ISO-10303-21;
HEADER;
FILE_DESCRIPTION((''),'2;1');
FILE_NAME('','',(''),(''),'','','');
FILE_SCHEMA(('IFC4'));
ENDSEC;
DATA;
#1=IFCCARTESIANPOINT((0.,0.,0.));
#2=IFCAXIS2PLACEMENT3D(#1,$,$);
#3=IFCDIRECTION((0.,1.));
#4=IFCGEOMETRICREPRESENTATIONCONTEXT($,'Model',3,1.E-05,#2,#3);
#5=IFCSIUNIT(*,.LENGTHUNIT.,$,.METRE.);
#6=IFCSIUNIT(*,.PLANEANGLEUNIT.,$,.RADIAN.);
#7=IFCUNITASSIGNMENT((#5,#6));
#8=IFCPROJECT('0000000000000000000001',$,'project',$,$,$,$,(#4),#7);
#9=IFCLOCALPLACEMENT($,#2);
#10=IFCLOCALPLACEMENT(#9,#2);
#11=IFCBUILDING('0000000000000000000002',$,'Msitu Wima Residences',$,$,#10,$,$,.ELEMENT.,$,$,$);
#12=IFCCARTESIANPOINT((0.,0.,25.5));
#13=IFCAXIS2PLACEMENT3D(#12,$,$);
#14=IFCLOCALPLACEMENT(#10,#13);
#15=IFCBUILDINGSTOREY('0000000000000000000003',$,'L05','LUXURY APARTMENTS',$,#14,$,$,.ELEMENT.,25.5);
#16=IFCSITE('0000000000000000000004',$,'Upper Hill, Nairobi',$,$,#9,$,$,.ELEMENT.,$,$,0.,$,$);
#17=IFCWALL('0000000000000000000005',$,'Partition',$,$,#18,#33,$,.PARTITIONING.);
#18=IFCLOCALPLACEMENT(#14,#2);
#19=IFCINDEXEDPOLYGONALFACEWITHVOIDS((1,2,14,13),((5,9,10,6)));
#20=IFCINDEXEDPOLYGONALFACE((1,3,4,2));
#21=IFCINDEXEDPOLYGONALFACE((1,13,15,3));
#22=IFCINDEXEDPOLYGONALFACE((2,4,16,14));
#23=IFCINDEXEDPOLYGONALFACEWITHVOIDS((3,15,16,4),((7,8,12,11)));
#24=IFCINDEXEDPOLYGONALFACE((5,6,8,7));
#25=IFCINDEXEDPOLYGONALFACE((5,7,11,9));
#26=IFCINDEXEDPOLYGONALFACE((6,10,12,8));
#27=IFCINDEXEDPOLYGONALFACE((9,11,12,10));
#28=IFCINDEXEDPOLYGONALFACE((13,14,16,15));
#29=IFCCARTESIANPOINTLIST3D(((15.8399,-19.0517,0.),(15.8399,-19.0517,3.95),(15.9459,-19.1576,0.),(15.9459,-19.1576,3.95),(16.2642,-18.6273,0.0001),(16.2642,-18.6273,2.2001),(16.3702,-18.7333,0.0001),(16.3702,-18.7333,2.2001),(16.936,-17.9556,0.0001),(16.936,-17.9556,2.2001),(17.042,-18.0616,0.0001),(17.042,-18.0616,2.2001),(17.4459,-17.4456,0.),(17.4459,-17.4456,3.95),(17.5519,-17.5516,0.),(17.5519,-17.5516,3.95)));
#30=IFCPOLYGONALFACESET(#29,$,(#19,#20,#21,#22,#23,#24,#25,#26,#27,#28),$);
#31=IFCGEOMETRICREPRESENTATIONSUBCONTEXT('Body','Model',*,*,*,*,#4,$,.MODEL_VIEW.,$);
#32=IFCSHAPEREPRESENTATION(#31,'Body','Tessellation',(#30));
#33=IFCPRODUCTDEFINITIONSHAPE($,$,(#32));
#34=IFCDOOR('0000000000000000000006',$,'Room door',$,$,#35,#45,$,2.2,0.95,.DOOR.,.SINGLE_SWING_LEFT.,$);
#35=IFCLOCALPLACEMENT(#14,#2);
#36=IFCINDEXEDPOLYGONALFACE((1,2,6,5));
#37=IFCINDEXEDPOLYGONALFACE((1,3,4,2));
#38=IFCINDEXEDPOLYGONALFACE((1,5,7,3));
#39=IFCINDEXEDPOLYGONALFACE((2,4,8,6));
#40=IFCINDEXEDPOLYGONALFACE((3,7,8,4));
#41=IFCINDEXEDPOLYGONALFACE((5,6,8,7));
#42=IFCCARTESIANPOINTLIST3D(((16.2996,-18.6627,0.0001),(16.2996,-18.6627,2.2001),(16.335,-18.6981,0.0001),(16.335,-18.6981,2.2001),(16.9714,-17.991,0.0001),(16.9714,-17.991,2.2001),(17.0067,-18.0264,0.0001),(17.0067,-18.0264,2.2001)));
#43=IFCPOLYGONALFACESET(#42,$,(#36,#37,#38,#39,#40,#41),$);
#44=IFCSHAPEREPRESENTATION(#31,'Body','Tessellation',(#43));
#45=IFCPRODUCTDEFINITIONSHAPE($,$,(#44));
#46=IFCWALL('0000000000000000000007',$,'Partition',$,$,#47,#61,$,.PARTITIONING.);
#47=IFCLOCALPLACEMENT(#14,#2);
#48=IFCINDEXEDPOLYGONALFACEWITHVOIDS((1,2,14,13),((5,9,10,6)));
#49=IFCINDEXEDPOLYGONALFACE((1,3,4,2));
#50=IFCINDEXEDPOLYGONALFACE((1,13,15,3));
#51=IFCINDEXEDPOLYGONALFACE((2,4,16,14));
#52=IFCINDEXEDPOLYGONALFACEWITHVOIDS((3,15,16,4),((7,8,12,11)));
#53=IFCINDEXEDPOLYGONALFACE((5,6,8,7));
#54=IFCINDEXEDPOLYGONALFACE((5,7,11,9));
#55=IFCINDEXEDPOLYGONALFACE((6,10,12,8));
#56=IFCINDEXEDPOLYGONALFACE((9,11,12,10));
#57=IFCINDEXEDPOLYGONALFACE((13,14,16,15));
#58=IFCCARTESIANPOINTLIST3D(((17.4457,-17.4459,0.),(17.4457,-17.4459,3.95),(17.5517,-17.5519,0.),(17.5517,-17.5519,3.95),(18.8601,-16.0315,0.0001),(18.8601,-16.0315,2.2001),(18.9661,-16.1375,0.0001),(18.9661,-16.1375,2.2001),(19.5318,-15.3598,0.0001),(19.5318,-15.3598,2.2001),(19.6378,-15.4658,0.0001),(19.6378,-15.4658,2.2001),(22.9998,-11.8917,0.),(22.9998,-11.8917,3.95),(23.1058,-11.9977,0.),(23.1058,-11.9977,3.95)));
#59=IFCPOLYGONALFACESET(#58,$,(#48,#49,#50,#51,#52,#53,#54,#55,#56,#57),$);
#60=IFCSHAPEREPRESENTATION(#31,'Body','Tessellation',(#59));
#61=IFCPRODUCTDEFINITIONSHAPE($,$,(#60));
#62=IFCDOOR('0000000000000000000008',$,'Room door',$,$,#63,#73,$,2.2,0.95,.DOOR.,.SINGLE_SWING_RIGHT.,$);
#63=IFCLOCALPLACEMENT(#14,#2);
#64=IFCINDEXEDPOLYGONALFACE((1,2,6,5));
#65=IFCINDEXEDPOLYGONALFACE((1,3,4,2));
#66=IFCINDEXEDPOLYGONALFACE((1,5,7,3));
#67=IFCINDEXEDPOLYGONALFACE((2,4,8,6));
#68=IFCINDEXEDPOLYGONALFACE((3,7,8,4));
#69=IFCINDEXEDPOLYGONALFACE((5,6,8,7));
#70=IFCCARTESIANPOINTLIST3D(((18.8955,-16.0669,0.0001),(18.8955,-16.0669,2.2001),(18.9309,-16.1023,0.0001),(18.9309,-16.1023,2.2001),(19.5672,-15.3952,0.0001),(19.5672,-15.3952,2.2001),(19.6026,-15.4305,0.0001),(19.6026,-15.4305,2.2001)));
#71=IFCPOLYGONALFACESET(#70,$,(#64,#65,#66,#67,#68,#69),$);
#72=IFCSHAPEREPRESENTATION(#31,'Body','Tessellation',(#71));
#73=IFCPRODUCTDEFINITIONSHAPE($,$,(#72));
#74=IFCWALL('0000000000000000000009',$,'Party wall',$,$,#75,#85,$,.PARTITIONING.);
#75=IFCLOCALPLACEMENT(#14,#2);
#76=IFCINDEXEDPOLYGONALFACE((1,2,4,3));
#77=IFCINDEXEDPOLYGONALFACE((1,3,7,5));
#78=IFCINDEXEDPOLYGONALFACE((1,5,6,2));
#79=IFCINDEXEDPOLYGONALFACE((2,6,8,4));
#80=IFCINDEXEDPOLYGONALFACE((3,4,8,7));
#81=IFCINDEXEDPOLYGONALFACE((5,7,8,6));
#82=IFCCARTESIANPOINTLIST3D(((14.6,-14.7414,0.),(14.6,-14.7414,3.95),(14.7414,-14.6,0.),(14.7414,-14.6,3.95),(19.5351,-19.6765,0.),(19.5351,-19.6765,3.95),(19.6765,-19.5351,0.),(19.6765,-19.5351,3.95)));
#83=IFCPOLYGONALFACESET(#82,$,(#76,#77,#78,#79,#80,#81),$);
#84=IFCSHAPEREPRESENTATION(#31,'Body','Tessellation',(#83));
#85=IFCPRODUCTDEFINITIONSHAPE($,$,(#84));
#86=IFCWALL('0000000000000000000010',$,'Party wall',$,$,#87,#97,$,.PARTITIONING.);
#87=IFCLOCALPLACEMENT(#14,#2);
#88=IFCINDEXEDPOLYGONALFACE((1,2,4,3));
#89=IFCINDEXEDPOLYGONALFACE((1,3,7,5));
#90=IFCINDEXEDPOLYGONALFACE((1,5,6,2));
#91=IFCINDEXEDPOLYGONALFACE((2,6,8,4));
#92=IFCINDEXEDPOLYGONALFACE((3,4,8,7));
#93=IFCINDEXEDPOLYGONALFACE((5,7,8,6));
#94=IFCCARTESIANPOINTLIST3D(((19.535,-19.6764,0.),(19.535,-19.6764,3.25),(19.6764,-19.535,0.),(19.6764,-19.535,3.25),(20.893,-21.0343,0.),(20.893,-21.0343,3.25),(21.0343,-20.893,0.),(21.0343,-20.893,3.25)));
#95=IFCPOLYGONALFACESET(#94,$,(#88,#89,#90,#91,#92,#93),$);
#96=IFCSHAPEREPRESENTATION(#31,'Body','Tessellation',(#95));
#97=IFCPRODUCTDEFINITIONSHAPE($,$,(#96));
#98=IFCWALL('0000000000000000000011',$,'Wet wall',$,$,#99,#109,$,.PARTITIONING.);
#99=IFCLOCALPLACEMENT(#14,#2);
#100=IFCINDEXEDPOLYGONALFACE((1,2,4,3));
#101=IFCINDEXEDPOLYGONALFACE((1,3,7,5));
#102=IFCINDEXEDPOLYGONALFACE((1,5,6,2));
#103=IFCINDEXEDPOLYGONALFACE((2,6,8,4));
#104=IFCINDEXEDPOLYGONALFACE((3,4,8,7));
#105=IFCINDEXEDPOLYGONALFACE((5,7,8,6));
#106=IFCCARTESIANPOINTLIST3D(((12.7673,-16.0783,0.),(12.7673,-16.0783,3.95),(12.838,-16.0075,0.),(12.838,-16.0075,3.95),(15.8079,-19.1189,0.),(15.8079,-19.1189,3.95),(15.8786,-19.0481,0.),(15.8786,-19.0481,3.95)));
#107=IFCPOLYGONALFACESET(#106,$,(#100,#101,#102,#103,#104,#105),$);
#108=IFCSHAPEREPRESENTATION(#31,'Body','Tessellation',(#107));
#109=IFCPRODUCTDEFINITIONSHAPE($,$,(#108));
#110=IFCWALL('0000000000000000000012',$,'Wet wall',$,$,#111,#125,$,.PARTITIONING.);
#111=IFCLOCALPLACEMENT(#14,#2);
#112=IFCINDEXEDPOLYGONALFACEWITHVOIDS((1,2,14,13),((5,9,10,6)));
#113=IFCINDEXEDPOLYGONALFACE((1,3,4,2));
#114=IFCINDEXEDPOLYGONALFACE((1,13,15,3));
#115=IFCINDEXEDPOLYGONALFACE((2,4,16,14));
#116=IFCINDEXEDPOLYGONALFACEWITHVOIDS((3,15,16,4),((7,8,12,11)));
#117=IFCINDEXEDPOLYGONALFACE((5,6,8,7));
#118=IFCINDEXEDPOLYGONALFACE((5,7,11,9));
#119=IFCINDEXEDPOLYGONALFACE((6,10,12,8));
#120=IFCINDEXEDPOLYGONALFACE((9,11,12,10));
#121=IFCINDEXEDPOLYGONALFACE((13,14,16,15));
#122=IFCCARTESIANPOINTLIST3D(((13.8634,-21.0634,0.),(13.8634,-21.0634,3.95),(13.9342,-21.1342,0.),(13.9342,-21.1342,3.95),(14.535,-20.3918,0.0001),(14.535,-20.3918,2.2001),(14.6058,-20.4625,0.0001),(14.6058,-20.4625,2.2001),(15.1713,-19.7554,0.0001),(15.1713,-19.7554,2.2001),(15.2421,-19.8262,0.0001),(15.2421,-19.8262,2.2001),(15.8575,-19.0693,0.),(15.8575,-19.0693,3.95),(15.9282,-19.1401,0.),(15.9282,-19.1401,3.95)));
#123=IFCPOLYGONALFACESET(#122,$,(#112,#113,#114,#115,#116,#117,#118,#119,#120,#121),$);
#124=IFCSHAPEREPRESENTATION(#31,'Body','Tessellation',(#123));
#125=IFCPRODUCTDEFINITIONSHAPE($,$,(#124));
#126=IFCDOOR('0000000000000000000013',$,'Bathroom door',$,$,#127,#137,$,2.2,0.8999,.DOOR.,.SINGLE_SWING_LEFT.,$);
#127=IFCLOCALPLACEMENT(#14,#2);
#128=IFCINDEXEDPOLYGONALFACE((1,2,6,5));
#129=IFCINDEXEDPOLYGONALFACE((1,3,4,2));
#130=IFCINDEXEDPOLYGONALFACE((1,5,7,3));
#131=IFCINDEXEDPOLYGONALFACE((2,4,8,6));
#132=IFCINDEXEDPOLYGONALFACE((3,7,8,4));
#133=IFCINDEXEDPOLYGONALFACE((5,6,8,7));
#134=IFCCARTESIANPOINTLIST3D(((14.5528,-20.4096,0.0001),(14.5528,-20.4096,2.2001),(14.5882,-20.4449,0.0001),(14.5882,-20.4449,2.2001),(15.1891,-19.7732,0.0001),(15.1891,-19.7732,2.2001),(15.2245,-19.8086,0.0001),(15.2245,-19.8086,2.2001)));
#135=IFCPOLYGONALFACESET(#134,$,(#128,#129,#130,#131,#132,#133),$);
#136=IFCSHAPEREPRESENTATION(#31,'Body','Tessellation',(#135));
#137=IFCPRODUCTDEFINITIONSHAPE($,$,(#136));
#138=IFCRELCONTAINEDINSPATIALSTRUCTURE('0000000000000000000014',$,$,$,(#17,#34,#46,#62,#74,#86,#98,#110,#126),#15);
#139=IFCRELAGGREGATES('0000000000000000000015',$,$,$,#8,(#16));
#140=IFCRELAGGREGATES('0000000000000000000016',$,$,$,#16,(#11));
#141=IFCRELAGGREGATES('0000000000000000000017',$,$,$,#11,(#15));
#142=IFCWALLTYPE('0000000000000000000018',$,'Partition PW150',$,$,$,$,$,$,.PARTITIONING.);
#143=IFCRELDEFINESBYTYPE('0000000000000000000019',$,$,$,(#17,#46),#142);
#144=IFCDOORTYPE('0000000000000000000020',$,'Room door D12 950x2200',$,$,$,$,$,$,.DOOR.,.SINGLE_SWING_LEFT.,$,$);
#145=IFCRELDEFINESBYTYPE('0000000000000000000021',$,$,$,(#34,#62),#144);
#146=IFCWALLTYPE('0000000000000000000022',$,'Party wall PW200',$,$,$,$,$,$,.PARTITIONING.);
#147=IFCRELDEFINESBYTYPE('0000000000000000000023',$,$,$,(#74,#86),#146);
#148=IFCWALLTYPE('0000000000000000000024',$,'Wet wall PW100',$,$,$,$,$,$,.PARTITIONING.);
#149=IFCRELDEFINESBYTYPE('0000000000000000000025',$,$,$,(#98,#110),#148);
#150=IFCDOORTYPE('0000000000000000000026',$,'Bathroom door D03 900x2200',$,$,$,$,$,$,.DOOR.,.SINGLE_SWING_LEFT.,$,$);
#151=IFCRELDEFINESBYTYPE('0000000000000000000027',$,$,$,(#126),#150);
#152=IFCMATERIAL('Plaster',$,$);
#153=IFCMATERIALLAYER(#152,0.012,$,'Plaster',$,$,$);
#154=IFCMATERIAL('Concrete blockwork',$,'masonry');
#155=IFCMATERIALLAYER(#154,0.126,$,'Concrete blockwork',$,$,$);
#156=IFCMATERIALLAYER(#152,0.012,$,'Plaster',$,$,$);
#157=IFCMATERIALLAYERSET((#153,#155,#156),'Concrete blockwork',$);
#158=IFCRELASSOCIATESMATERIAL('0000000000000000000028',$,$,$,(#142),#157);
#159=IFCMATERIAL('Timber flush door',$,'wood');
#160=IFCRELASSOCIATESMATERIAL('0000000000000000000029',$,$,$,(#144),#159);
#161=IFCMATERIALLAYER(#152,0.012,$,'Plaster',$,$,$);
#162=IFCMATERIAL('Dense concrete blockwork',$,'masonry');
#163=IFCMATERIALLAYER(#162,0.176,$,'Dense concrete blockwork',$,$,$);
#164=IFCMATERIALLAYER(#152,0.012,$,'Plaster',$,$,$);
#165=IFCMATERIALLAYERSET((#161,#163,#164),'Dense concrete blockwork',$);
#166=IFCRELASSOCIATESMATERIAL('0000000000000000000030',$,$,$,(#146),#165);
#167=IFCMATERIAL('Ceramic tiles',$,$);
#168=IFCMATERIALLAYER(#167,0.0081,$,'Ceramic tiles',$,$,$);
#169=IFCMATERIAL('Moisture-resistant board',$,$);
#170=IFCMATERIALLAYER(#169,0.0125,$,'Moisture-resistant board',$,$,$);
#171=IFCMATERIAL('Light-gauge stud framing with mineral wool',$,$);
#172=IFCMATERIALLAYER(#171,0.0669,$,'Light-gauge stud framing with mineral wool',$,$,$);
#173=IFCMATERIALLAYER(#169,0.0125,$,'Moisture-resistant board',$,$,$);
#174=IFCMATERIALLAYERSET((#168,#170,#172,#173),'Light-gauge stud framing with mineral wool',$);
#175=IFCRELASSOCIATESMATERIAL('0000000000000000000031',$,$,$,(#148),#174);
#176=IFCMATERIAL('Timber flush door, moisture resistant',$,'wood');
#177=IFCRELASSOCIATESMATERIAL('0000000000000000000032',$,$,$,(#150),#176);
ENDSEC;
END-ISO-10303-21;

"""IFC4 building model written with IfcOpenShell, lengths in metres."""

from ifc_helpers import new_model, si_unit, direction, frame, frame_2d, origin, place, context, subcontext, project, spatial, rectangle, extrude, material, layer, layer_set, type_object, element, fill, save


model = new_model("IFC4")

# Units and contexts
model_context = context("Model", 3, precision=1e-05, world=origin(), true_north=direction((0.0, 1.0)))
body_context = subcontext(model_context, "Body", "Model", "MODEL_VIEW")
ifc_project = project(units=[si_unit("LENGTHUNIT", "METRE"), si_unit("PLANEANGLEUNIT", "RADIAN")], contexts=[model_context])

# Site, building, storey
site_placement = place(None, origin())
site = spatial("IfcSite", under=ifc_project, at=site_placement, Name="Upper Hill, Nairobi", CompositionType="ELEMENT", RefElevation=0.0)
building_placement = place(site_placement, origin())
building = spatial("IfcBuilding", under=site, at=building_placement, Name="Msitu Wima Residences", CompositionType="ELEMENT")
storey_placement = place(building_placement, frame((0.0, 0.0, 25.5)))
storey = spatial("IfcBuildingStorey", under=building, at=storey_placement, Name="L05", Description="LUXURY APARTMENTS", CompositionType="ELEMENT", Elevation=25.5)

# Shared definitions
ifc_material_1 = material(Name="Plaster")
ifc_material_2 = material(Name="Concrete blockwork", Category="masonry")

# Shared definitions
ifc_layer_1 = layer(ifc_material_1, 0.012, Name="Plaster")
ifc_layer_2 = layer(ifc_material_2, 0.126, Name="Concrete blockwork")
ifc_layer_3 = layer(ifc_material_1, 0.012, Name="Plaster")
ifc_layer_set_1 = layer_set([ifc_layer_1, ifc_layer_2, ifc_layer_3], Name="Concrete blockwork")
wall_type_1 = type_object("IfcWallType", Name="Partition PW150", PredefinedType="PARTITIONING", material=ifc_layer_set_1)

# Walls, openings, doors
wall_1_placement = place(storey_placement, frame((15.8928, -19.1047, 0.0), z_axis=(0.0, 0.0, 1.0), x_axis=(0.707107, 0.707107, 0.0)))
wall_1 = element("IfcWall", 1, at=wall_1_placement, inside=storey, type_object=wall_type_1, Name="Partition", PredefinedType="PARTITIONING", context=body_context, shape_type="SweptSolid", body=[
    extrude(rectangle(XDim=2.2712, YDim=0.1499, at=frame_2d((1.1357, 0.0))), origin(), (0.0, 0.0, 1.0), 3.95),
])
opening_1_placement = place(wall_1_placement, frame((0.6001, 0.0, 0.0)))
opening_1 = element("IfcOpeningElement", 2, at=opening_1_placement, cuts=wall_1, PredefinedType="OPENING", context=body_context, shape_type="SweptSolid", body=[
    extrude(rectangle(XDim=0.95, YDim=2.2, at=frame_2d((0.4751, 1.1001))), frame((0.0, 0.085, 0.0), z_axis=(0.0, -1.0, 0.0), x_axis=(1.0, 0.0, 0.0)), (0.0, 0.0, 1.0), 0.1699),
])
ifc_material_3 = material(Name="Timber flush door", Category="wood")
door_type_1 = type_object("IfcDoorType", Name="Room door D12 950x2200", OperationType="SINGLE_SWING_LEFT", PredefinedType="DOOR", material=ifc_material_3)
door_1_placement = place(opening_1_placement, origin())
door_1 = element("IfcDoor", 3, at=door_1_placement, inside=storey, type_object=door_type_1, Name="Room door", OperationType="SINGLE_SWING_LEFT", OverallHeight=2.2, OverallWidth=0.95, PredefinedType="DOOR", context=body_context, shape_type="SweptSolid", body=[
    extrude(rectangle(XDim=0.95, YDim=2.2, at=frame_2d((0.4751, 1.1001))), frame((0.0, 0.0249, 0.0), z_axis=(0.0, -1.0, 0.0), x_axis=(1.0, 0.0, 0.0)), (0.0, 0.0, 1.0), 0.05),
])
fill(opening_1, door_1)
wall_2_placement = place(storey_placement, frame((17.4988, -17.4988, 0.0), z_axis=(0.0, 0.0, 1.0), x_axis=(0.707107, 0.707107, 0.0)))
wall_2 = element("IfcWall", 4, at=wall_2_placement, inside=storey, type_object=wall_type_1, Name="Partition", PredefinedType="PARTITIONING", context=body_context, shape_type="SweptSolid", body=[
    extrude(rectangle(XDim=7.8547, YDim=0.1499, at=frame_2d((3.9272, 0.0))), origin(), (0.0, 0.0, 1.0), 3.95),
])
opening_2_placement = place(wall_2_placement, frame((2.0, 0.0, 0.0)))
opening_2 = element("IfcOpeningElement", 5, at=opening_2_placement, cuts=wall_2, PredefinedType="OPENING", context=body_context, shape_type="SweptSolid", body=[
    extrude(rectangle(XDim=0.95, YDim=2.2, at=frame_2d((0.4751, 1.1001))), frame((0.0, 0.085, 0.0), z_axis=(0.0, -1.0, 0.0), x_axis=(1.0, 0.0, 0.0)), (0.0, 0.0, 1.0), 0.1699),
])
door_2_placement = place(opening_2_placement, origin())
door_2 = element("IfcDoor", 6, at=door_2_placement, inside=storey, type_object=door_type_1, Name="Room door", OperationType="SINGLE_SWING_RIGHT", OverallHeight=2.2, OverallWidth=0.95, PredefinedType="DOOR", context=body_context, shape_type="SweptSolid", body=[
    extrude(rectangle(XDim=0.95, YDim=2.2, at=frame_2d((0.4751, 1.1001))), frame((0.0, 0.0249, 0.0), z_axis=(0.0, -1.0, 0.0), x_axis=(1.0, 0.0, 0.0)), (0.0, 0.0, 1.0), 0.05),
])
fill(opening_2, door_2)

# Walls
ifc_layer_4 = layer(ifc_material_1, 0.012, Name="Plaster")
ifc_material_4 = material(Name="Dense concrete blockwork", Category="masonry")
ifc_layer_5 = layer(ifc_material_4, 0.176, Name="Dense concrete blockwork")
ifc_layer_6 = layer(ifc_material_1, 0.012, Name="Plaster")
ifc_layer_set_2 = layer_set([ifc_layer_4, ifc_layer_5, ifc_layer_6], Name="Dense concrete blockwork")
wall_type_2 = type_object("IfcWallType", Name="Party wall PW200", PredefinedType="PARTITIONING", material=ifc_layer_set_2)
wall_3_placement = place(storey_placement, frame((14.6707, -14.6707, 0.0), z_axis=(0.0, 0.0, 1.0), x_axis=(0.707107, -0.707107, 0.0)))
element("IfcWall", 7, at=wall_3_placement, inside=storey, type_object=wall_type_2, Name="Party wall", PredefinedType="PARTITIONING", context=body_context, shape_type="SweptSolid", body=[
    extrude(rectangle(XDim=6.9792, YDim=0.2, at=frame_2d((3.4897, 0.0))), origin(), (0.0, 0.0, 1.0), 3.95),
])
wall_4_placement = place(storey_placement, frame((19.6057, -19.6057, 0.0), z_axis=(0.0, 0.0, 1.0), x_axis=(0.707107, -0.707107, 0.0)))
element("IfcWall", 8, at=wall_4_placement, inside=storey, type_object=wall_type_2, Name="Party wall", PredefinedType="PARTITIONING", context=body_context, shape_type="SweptSolid", body=[
    extrude(rectangle(XDim=1.9204, YDim=0.2, at=frame_2d((0.9602, 0.0))), origin(), (0.0, 0.0, 1.0), 3.25),
])
ifc_material_5 = material(Name="Ceramic tiles")
ifc_layer_7 = layer(ifc_material_5, 0.0081, Name="Ceramic tiles")
ifc_material_6 = material(Name="Moisture-resistant board")
ifc_layer_8 = layer(ifc_material_6, 0.0125, Name="Moisture-resistant board")
ifc_material_7 = material(Name="Light-gauge stud framing with mineral wool")
ifc_layer_9 = layer(ifc_material_7, 0.0669, Name="Light-gauge stud framing with mineral wool")
ifc_layer_10 = layer(ifc_material_6, 0.0125, Name="Moisture-resistant board")
ifc_layer_set_3 = layer_set([ifc_layer_7, ifc_layer_8, ifc_layer_9, ifc_layer_10], Name="Light-gauge stud framing with mineral wool")
wall_type_3 = type_object("IfcWallType", Name="Wet wall PW100", PredefinedType="PARTITIONING", material=ifc_layer_set_3)
wall_5_placement = place(storey_placement, frame((12.8027, -16.043, 0.0), z_axis=(0.0, 0.0, 1.0), x_axis=(0.707107, -0.707107, 0.0)))
element("IfcWall", 9, at=wall_5_placement, inside=storey, type_object=wall_type_3, Name="Wet wall", PredefinedType="PARTITIONING", context=body_context, shape_type="SweptSolid", body=[
    extrude(rectangle(XDim=4.3, YDim=0.1001, at=frame_2d((2.1499, 0.0))), origin(), (0.0, 0.0, 1.0), 3.95),
])

# Wall, opening, door
wall_6_placement = place(storey_placement, frame((13.8987, -21.0989, 0.0), z_axis=(0.0, 0.0, 1.0), x_axis=(0.707107, 0.707107, 0.0)))
wall_6 = element("IfcWall", 10, at=wall_6_placement, inside=storey, type_object=wall_type_3, Name="Wet wall", PredefinedType="PARTITIONING", context=body_context, shape_type="SweptSolid", body=[
    extrude(rectangle(XDim=2.8201, YDim=0.1001, at=frame_2d((1.4102, 0.0))), origin(), (0.0, 0.0, 1.0), 3.95),
])
opening_3_placement = place(wall_6_placement, frame((0.95, 0.0, 0.0)))
opening_3 = element("IfcOpeningElement", 11, at=opening_3_placement, cuts=wall_6, PredefinedType="OPENING", context=body_context, shape_type="SweptSolid", body=[
    extrude(rectangle(XDim=0.8999, YDim=2.2, at=frame_2d((0.45, 1.1001))), frame((0.0, 0.0601, 0.0), z_axis=(0.0, -1.0, 0.0), x_axis=(1.0, 0.0, 0.0)), (0.0, 0.0, 1.0), 0.1201),
])
ifc_material_8 = material(Name="Timber flush door, moisture resistant", Category="wood")
door_type_2 = type_object("IfcDoorType", Name="Bathroom door D03 900x2200", OperationType="SINGLE_SWING_LEFT", PredefinedType="DOOR", material=ifc_material_8)
door_3_placement = place(opening_3_placement, origin())
door_3 = element("IfcDoor", 12, at=door_3_placement, inside=storey, type_object=door_type_2, Name="Bathroom door", OperationType="SINGLE_SWING_LEFT", OverallHeight=2.2, OverallWidth=0.8999, PredefinedType="DOOR", context=body_context, shape_type="SweptSolid", body=[
    extrude(rectangle(XDim=0.8999, YDim=2.2, at=frame_2d((0.45, 1.1001))), frame((0.0, 0.0249, 0.0), z_axis=(0.0, -1.0, 0.0), x_axis=(1.0, 0.0, 0.0)), (0.0, 0.0, 1.0), 0.05),
])
fill(opening_3, door_3)

save(model, "model.ifc")
